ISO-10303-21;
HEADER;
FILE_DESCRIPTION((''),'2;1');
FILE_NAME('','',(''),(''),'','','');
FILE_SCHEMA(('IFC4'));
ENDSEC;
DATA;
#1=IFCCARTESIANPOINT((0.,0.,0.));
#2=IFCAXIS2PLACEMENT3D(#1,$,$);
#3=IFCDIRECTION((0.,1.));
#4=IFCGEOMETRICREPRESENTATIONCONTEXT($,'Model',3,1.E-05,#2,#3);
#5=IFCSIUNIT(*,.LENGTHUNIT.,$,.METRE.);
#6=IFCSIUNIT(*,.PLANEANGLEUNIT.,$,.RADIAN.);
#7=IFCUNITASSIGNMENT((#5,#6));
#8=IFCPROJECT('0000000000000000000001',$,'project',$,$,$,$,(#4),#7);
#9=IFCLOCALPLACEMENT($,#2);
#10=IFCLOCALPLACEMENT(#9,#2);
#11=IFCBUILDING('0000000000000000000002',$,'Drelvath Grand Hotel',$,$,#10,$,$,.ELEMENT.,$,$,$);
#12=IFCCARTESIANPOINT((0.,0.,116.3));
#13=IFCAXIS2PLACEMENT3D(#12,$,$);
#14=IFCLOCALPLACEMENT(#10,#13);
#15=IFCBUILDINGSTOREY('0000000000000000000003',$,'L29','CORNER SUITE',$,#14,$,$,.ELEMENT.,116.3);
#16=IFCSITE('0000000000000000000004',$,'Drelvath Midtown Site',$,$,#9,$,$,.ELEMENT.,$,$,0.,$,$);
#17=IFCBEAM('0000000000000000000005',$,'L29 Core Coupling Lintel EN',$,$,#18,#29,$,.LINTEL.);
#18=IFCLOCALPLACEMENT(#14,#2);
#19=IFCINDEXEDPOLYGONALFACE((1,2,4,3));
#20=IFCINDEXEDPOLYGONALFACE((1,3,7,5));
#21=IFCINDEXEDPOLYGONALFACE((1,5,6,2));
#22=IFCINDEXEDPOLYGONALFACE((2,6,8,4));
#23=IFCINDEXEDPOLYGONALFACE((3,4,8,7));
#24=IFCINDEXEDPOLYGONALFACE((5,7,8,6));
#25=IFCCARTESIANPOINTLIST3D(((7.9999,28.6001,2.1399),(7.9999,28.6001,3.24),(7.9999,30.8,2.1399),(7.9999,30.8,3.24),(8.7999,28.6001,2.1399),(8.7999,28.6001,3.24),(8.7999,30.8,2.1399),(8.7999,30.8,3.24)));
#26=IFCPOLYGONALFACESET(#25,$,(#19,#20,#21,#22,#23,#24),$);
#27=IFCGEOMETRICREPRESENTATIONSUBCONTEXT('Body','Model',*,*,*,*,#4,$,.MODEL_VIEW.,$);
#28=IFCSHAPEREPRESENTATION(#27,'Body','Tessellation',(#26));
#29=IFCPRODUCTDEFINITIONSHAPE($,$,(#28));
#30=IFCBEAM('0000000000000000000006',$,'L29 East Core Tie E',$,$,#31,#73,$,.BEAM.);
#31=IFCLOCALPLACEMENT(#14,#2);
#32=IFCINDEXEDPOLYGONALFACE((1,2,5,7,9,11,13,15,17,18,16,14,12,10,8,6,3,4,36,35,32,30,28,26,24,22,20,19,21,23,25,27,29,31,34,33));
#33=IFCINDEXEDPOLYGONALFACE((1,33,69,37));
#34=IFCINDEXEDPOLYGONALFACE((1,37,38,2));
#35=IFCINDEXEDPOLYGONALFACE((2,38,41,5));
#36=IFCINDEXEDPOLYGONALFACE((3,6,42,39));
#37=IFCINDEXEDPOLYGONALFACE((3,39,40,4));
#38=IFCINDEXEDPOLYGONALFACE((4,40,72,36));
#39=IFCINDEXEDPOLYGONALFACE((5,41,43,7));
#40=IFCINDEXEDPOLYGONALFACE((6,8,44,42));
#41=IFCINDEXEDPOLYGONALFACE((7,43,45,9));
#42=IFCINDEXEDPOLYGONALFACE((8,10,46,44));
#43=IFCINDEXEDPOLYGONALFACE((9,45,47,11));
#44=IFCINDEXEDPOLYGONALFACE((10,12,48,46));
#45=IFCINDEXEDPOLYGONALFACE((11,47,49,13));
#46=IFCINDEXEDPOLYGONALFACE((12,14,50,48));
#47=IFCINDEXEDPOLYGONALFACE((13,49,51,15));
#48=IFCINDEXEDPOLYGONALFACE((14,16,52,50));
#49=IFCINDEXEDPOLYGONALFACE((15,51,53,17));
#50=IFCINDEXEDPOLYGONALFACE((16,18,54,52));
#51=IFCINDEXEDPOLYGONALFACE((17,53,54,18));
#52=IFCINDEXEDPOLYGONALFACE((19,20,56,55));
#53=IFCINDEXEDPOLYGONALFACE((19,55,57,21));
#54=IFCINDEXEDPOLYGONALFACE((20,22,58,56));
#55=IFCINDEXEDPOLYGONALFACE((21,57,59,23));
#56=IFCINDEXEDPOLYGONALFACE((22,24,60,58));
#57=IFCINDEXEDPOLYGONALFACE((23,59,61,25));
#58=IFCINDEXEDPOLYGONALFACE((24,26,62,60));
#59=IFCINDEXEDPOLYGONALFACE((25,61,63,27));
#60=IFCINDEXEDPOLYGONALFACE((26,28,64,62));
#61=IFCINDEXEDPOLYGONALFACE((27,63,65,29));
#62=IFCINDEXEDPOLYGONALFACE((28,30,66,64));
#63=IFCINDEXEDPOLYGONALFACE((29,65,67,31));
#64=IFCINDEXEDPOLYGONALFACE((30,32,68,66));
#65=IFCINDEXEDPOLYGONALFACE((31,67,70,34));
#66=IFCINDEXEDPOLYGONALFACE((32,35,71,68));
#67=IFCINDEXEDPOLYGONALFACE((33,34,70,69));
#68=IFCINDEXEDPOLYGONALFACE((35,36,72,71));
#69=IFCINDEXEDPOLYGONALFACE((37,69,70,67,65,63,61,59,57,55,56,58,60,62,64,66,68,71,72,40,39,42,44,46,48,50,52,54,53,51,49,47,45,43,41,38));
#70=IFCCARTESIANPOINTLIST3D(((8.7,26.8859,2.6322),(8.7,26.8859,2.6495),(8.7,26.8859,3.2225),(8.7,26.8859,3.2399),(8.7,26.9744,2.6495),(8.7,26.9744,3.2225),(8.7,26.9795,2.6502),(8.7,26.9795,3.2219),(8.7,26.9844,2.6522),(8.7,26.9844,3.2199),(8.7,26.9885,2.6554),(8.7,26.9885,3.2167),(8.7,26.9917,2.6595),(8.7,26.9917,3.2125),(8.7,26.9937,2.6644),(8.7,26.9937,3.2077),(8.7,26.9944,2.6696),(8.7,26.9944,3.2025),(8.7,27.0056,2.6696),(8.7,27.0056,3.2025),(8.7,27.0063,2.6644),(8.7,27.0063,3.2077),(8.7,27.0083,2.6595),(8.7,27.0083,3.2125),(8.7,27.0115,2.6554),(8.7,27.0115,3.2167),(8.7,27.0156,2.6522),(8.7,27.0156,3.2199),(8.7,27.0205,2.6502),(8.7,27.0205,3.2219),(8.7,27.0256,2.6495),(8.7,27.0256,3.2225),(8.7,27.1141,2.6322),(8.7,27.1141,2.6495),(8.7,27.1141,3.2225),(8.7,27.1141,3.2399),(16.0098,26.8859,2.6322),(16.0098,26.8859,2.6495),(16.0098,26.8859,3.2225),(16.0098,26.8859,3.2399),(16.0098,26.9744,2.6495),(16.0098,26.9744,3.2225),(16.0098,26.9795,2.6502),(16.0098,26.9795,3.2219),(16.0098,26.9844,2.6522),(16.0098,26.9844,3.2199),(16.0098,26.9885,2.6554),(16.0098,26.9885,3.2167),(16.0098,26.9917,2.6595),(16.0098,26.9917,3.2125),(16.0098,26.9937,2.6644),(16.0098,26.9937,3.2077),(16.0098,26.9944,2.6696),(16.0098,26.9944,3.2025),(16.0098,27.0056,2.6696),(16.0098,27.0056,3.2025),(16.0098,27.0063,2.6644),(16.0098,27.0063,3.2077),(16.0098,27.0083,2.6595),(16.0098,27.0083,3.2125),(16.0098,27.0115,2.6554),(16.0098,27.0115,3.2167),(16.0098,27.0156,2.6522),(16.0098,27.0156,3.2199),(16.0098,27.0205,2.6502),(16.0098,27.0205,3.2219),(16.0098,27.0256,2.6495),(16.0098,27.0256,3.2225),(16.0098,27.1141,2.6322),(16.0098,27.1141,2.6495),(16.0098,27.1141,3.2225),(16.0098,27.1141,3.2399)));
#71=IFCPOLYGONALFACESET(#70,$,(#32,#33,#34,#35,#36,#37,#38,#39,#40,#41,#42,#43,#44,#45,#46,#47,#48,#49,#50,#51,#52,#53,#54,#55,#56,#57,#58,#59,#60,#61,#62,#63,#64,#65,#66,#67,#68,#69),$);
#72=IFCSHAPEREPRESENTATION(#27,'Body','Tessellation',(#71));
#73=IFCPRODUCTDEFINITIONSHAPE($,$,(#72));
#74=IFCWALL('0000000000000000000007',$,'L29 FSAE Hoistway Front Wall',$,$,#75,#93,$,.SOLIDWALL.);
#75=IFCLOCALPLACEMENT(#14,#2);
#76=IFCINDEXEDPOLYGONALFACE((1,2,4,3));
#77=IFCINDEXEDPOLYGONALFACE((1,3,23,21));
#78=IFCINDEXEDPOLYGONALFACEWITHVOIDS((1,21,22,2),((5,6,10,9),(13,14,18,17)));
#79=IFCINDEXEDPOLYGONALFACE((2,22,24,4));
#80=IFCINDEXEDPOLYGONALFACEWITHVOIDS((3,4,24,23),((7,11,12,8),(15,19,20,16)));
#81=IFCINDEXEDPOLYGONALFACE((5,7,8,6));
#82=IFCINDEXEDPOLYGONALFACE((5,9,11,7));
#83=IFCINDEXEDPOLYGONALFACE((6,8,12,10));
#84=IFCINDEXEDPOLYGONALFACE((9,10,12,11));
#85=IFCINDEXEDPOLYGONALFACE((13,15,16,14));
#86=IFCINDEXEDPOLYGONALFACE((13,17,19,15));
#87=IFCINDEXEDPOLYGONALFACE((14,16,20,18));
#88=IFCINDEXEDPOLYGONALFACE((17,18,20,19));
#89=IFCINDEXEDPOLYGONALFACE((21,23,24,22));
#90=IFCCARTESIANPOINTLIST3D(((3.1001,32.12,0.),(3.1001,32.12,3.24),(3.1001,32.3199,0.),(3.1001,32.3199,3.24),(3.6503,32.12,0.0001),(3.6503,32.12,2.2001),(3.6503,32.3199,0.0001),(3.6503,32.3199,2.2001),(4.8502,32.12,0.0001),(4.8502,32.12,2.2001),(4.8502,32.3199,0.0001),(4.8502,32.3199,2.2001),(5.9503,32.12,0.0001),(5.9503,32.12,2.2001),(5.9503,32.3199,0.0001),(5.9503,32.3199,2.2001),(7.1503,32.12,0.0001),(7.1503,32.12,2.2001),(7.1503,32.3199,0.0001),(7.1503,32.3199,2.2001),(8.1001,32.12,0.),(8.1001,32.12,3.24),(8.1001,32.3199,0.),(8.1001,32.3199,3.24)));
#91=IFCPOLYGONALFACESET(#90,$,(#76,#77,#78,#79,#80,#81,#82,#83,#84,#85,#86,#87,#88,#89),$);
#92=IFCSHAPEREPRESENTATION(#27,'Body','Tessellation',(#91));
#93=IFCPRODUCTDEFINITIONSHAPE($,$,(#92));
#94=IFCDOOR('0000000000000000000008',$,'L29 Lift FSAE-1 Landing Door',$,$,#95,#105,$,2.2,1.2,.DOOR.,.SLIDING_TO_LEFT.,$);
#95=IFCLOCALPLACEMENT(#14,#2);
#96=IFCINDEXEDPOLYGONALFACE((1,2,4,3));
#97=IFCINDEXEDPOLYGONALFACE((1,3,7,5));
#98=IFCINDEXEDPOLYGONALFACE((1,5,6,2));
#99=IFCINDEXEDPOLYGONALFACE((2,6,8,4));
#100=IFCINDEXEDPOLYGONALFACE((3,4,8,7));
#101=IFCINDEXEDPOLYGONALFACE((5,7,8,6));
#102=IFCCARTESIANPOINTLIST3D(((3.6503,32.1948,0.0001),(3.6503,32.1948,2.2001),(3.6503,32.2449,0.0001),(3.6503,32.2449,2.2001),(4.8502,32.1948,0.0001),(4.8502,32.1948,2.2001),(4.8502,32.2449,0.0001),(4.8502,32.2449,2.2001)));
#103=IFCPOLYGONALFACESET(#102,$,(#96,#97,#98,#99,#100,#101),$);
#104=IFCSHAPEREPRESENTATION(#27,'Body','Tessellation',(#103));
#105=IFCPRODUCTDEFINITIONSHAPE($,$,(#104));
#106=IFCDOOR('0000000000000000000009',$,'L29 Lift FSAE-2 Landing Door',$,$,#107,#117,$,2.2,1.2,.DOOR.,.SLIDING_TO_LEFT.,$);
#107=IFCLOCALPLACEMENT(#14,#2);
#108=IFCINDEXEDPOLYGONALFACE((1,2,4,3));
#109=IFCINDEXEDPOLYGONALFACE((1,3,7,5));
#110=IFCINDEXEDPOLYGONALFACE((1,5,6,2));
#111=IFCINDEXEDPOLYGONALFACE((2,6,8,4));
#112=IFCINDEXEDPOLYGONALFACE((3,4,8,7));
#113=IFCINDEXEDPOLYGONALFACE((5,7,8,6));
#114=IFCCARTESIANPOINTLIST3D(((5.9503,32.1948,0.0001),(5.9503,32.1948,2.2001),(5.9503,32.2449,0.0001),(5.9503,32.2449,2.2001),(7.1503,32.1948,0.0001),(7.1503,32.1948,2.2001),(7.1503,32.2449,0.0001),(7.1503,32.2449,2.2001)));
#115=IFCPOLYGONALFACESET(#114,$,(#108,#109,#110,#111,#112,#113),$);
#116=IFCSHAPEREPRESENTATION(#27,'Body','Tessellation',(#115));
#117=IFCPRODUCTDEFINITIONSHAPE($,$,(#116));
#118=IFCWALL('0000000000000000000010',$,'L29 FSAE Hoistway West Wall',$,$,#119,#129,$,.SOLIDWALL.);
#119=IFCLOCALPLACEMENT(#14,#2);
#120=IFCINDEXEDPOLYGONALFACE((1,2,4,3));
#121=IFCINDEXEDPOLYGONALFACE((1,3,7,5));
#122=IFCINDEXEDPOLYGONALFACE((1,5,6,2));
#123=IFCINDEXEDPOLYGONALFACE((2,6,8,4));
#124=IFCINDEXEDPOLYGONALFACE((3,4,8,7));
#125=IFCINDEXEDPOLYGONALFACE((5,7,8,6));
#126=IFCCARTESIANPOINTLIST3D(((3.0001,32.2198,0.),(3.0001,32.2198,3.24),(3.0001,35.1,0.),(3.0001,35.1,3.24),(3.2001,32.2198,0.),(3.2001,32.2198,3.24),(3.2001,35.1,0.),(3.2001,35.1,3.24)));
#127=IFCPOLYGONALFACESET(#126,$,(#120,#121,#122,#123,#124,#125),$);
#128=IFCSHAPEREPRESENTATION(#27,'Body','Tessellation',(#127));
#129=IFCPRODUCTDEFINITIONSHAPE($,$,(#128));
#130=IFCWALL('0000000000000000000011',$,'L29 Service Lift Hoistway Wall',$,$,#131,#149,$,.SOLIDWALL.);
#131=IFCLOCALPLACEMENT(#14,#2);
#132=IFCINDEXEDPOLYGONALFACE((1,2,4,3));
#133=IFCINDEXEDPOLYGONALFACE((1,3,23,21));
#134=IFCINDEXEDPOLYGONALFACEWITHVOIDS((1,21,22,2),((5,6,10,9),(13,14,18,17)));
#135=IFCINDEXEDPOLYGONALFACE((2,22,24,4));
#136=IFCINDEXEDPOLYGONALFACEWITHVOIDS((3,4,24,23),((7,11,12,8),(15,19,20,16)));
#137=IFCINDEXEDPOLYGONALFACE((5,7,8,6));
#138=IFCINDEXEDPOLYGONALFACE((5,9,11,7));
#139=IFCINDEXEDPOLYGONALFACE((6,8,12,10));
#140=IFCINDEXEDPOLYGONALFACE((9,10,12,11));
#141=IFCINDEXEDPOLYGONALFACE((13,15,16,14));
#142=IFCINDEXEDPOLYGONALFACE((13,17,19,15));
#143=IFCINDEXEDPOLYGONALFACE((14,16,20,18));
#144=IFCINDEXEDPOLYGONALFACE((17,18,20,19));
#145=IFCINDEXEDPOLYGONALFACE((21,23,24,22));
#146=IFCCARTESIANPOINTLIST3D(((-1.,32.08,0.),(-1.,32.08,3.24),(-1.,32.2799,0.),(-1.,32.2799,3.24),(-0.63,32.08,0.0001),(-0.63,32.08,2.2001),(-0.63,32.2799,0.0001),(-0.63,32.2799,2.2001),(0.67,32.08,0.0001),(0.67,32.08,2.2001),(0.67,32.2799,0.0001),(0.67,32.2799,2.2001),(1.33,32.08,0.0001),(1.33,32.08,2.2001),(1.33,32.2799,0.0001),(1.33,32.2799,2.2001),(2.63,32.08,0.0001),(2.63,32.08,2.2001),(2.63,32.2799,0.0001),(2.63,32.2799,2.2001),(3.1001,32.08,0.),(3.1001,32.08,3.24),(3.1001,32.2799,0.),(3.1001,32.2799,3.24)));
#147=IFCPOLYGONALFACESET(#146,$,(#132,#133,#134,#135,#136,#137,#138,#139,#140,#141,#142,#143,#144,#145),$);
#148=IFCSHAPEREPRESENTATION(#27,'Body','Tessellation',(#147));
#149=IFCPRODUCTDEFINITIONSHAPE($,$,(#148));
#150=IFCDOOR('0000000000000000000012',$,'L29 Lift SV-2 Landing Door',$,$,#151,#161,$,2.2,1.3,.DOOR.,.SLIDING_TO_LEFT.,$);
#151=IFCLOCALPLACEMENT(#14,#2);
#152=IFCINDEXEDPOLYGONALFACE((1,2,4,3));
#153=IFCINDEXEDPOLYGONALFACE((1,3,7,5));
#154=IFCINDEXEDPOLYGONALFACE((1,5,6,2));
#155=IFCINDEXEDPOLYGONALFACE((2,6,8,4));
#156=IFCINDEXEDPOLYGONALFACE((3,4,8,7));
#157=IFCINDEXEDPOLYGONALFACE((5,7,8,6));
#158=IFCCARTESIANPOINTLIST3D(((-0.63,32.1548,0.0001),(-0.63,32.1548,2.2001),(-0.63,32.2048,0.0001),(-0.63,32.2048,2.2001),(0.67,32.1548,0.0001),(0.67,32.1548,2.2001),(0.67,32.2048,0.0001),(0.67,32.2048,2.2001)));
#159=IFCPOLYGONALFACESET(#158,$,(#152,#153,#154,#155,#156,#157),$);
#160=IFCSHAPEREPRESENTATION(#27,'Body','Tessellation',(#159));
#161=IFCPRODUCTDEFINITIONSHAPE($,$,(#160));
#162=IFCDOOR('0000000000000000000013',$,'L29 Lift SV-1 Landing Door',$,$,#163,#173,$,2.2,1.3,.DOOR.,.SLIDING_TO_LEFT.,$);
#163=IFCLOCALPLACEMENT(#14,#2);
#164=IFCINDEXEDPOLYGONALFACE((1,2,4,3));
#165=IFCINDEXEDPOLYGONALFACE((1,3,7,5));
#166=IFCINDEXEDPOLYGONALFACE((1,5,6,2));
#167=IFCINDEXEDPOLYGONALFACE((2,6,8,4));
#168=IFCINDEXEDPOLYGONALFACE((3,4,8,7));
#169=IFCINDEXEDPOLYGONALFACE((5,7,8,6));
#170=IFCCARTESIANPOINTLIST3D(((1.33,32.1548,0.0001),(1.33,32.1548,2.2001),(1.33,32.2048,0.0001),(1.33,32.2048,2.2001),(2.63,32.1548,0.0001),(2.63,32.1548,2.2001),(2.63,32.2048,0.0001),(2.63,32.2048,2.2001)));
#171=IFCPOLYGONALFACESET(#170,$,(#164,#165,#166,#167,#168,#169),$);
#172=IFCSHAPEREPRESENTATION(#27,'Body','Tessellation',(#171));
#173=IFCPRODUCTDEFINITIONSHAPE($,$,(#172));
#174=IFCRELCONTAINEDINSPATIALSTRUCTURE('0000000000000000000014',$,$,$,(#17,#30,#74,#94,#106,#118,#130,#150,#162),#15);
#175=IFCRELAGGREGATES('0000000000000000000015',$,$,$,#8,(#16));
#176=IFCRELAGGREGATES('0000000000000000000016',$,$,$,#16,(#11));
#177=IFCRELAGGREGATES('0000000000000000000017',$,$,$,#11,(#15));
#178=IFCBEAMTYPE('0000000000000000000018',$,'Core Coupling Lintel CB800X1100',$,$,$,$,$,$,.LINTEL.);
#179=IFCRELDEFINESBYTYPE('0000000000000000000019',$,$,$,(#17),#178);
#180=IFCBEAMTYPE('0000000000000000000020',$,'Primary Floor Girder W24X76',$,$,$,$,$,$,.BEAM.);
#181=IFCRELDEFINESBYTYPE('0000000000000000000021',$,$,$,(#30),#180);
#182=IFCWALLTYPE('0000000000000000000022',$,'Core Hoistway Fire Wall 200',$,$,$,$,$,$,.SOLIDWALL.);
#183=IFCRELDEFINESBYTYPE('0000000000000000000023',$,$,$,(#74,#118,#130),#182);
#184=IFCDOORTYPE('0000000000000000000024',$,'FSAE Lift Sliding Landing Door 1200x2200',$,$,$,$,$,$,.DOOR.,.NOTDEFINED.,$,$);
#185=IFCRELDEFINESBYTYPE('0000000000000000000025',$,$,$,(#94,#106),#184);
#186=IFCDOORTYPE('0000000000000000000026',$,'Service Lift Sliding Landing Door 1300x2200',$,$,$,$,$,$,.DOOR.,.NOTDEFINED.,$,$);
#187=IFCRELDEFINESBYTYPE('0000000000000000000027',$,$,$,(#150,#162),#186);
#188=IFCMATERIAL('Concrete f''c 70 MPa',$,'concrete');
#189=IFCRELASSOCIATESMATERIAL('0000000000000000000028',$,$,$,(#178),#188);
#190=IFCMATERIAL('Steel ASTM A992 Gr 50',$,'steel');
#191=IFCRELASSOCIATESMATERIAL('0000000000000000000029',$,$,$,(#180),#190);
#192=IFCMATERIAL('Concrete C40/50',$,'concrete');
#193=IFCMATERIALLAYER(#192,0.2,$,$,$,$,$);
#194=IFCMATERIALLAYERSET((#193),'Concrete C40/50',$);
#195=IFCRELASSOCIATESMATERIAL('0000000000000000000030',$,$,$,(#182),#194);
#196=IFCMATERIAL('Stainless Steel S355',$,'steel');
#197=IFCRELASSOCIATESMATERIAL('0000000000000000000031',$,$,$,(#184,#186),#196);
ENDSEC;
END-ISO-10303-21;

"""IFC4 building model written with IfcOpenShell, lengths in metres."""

from ifc_helpers import new_model, si_unit, direction, frame, frame_2d, origin, origin_2d, place, context, subcontext, project, spatial, rectangle, i_section, extrude, material, layer, layer_set, material_profile, profile_set, type_object, element, fill, save


model = new_model("IFC4")

# Units and contexts
model_context = context("Model", 3, precision=1e-05, world=origin(), true_north=direction((0.0, 1.0)))
body_context = subcontext(model_context, "Body", "Model", "MODEL_VIEW")
ifc_project = project(units=[si_unit("LENGTHUNIT", "METRE"), si_unit("PLANEANGLEUNIT", "RADIAN")], contexts=[model_context])

# Site, building, storey
site_placement = place(None, origin())
site = spatial("IfcSite", under=ifc_project, at=site_placement, Name="Drelvath Midtown Site", CompositionType="ELEMENT", RefElevation=0.0)
building_placement = place(site_placement, origin())
building = spatial("IfcBuilding", under=site, at=building_placement, Name="Drelvath Grand Hotel", CompositionType="ELEMENT")
storey_placement = place(building_placement, frame((0.0, 0.0, 116.3)))
storey = spatial("IfcBuildingStorey", under=building, at=storey_placement, Name="L29", Description="CORNER SUITE", CompositionType="ELEMENT", Elevation=116.3)

# Beams
ifc_material_1 = material(Name="Concrete f'c 70 MPa", Category="concrete")
ifc_material_profile_1 = material_profile(ifc_material_1, rectangle(XDim=0.8, YDim=1.1001, at=origin_2d()), Name="CB800X1100")
ifc_profile_set_1 = profile_set([ifc_material_profile_1], Name="Concrete f'c 70 MPa")
beam_type_1 = type_object("IfcBeamType", Name="Core Coupling Lintel CB800X1100", PredefinedType="LINTEL", material=ifc_profile_set_1)
beam_1_placement = place(storey_placement, frame((8.3999, 28.6001, 2.6899), z_axis=(0.0, 1.0, 0.0), x_axis=(-1.0, 0.0, 0.0)))
element("IfcBeam", 1, at=beam_1_placement, inside=storey, type_object=beam_type_1, Name="L29 Core Coupling Lintel EN", PredefinedType="LINTEL", context=body_context, shape_type="SweptSolid", body=[
    extrude(rectangle(XDim=0.8, YDim=1.1001, at=origin_2d()), origin(), (0.0, 0.0, 1.0), 2.2),
])
ifc_material_2 = material(Name="Steel ASTM A992 Gr 50", Category="steel")
ifc_material_profile_2 = material_profile(ifc_material_2, i_section(OverallWidth=0.2283, OverallDepth=0.6077, WebThickness=0.0112, FlangeThickness=0.0173, FilletRadius=0.02, at=origin_2d()), Name="W24X76")
ifc_profile_set_2 = profile_set([ifc_material_profile_2], Name="Steel ASTM A992 Gr 50")
beam_type_2 = type_object("IfcBeamType", Name="Primary Floor Girder W24X76", PredefinedType="BEAM", material=ifc_profile_set_2)
beam_2_placement = place(storey_placement, frame((8.7, 27.0, 2.936), z_axis=(1.0, 0.0, 0.0), x_axis=(0.0, 1.0, 0.0)))
element("IfcBeam", 2, at=beam_2_placement, inside=storey, type_object=beam_type_2, Name="L29 East Core Tie E", PredefinedType="BEAM", context=body_context, shape_type="SweptSolid", body=[
    extrude(i_section(OverallWidth=0.2283, OverallDepth=0.6077, WebThickness=0.0112, FlangeThickness=0.0173, FilletRadius=0.02, at=origin_2d()), origin(), (0.0, 0.0, 1.0), 7.3098),
])

# Wall, openings, doors
ifc_material_3 = material(Name="Concrete C40/50", Category="concrete")
ifc_layer_1 = layer(ifc_material_3, 0.2)
ifc_layer_set_1 = layer_set([ifc_layer_1], Name="Concrete C40/50")
wall_type_1 = type_object("IfcWallType", Name="Core Hoistway Fire Wall 200", PredefinedType="SOLIDWALL", material=ifc_layer_set_1)
wall_1_placement = place(storey_placement, frame((3.1001, 32.22, 0.0), z_axis=(0.0, 0.0, 1.0), x_axis=(1.0, 0.0, 0.0)))
wall_1 = element("IfcWall", 3, at=wall_1_placement, inside=storey, type_object=wall_type_1, Name="L29 FSAE Hoistway Front Wall", PredefinedType="SOLIDWALL", context=body_context, shape_type="SweptSolid", body=[
    extrude(rectangle(XDim=5.0, YDim=0.2, at=frame_2d((2.5, 0.0))), origin(), (0.0, 0.0, 1.0), 3.24),
])
opening_1_placement = place(wall_1_placement, frame((0.55, 0.0, 0.0)))
opening_1 = element("IfcOpeningElement", 4, at=opening_1_placement, cuts=wall_1, PredefinedType="OPENING", context=body_context, shape_type="SweptSolid", body=[
    extrude(rectangle(XDim=1.2, YDim=2.2, at=frame_2d((0.6001, 1.1001))), frame((0.0, 0.1099, 0.0), z_axis=(0.0, -1.0, 0.0), x_axis=(1.0, 0.0, 0.0)), (0.0, 0.0, 1.0), 0.22),
])
opening_2_placement = place(wall_1_placement, frame((2.8501, 0.0, 0.0)))
opening_2 = element("IfcOpeningElement", 5, at=opening_2_placement, cuts=wall_1, PredefinedType="OPENING", context=body_context, shape_type="SweptSolid", body=[
    extrude(rectangle(XDim=1.2, YDim=2.2, at=frame_2d((0.6001, 1.1001))), frame((0.0, 0.1099, 0.0), z_axis=(0.0, -1.0, 0.0), x_axis=(1.0, 0.0, 0.0)), (0.0, 0.0, 1.0), 0.22),
])
ifc_material_4 = material(Name="Stainless Steel S355", Category="steel")
door_type_1 = type_object("IfcDoorType", Name="FSAE Lift Sliding Landing Door 1200x2200", OperationType="NOTDEFINED", PredefinedType="DOOR", material=ifc_material_4)
door_1_placement = place(opening_1_placement, origin())
door_1 = element("IfcDoor", 6, at=door_1_placement, inside=storey, type_object=door_type_1, Name="L29 Lift FSAE-1 Landing Door", OperationType="SLIDING_TO_LEFT", OverallHeight=2.2, OverallWidth=1.2, PredefinedType="DOOR", context=body_context, shape_type="SweptSolid", body=[
    extrude(rectangle(XDim=1.2, YDim=2.2, at=frame_2d((0.6001, 1.1001))), frame((0.0, 0.0249, 0.0), z_axis=(0.0, -1.0, 0.0), x_axis=(1.0, 0.0, 0.0)), (0.0, 0.0, 1.0), 0.05),
])
fill(opening_1, door_1)
door_2_placement = place(opening_2_placement, origin())
door_2 = element("IfcDoor", 7, at=door_2_placement, inside=storey, type_object=door_type_1, Name="L29 Lift FSAE-2 Landing Door", OperationType="SLIDING_TO_LEFT", OverallHeight=2.2, OverallWidth=1.2, PredefinedType="DOOR", context=body_context, shape_type="SweptSolid", body=[
    extrude(rectangle(XDim=1.2, YDim=2.2, at=frame_2d((0.6001, 1.1001))), frame((0.0, 0.0249, 0.0), z_axis=(0.0, -1.0, 0.0), x_axis=(1.0, 0.0, 0.0)), (0.0, 0.0, 1.0), 0.05),
])
fill(opening_2, door_2)

# Wall
wall_2_placement = place(storey_placement, frame((3.1001, 32.22, 0.0), z_axis=(0.0, 0.0, 1.0), x_axis=(0.0, 1.0, 0.0)))
element("IfcWall", 8, at=wall_2_placement, inside=storey, type_object=wall_type_1, Name="L29 FSAE Hoistway West Wall", PredefinedType="SOLIDWALL", context=body_context, shape_type="SweptSolid", body=[
    extrude(rectangle(XDim=2.8801, YDim=0.2, at=frame_2d((1.4399, 0.0))), origin(), (0.0, 0.0, 1.0), 3.24),
])

# Wall, openings, doors
wall_3_placement = place(storey_placement, frame((-1.0, 32.1799, 0.0), z_axis=(0.0, 0.0, 1.0), x_axis=(1.0, 0.0, 0.0)))
wall_3 = element("IfcWall", 9, at=wall_3_placement, inside=storey, type_object=wall_type_1, Name="L29 Service Lift Hoistway Wall", PredefinedType="SOLIDWALL", context=body_context, shape_type="SweptSolid", body=[
    extrude(rectangle(XDim=4.1001, YDim=0.2, at=frame_2d((2.05, 0.0))), origin(), (0.0, 0.0, 1.0), 3.24),
])
opening_3_placement = place(wall_3_placement, frame((0.3701, 0.0, 0.0)))
opening_3 = element("IfcOpeningElement", 10, at=opening_3_placement, cuts=wall_3, PredefinedType="OPENING", context=body_context, shape_type="SweptSolid", body=[
    extrude(rectangle(XDim=1.3, YDim=2.2, at=frame_2d((0.6499, 1.1001))), frame((0.0, 0.1099, 0.0), z_axis=(0.0, -1.0, 0.0), x_axis=(1.0, 0.0, 0.0)), (0.0, 0.0, 1.0), 0.22),
])
opening_4_placement = place(wall_3_placement, frame((2.3301, 0.0, 0.0)))
opening_4 = element("IfcOpeningElement", 11, at=opening_4_placement, cuts=wall_3, PredefinedType="OPENING", context=body_context, shape_type="SweptSolid", body=[
    extrude(rectangle(XDim=1.3, YDim=2.2, at=frame_2d((0.6499, 1.1001))), frame((0.0, 0.1099, 0.0), z_axis=(0.0, -1.0, 0.0), x_axis=(1.0, 0.0, 0.0)), (0.0, 0.0, 1.0), 0.22),
])
door_type_2 = type_object("IfcDoorType", Name="Service Lift Sliding Landing Door 1300x2200", OperationType="NOTDEFINED", PredefinedType="DOOR", material=ifc_material_4)
door_3_placement = place(opening_3_placement, origin())
door_3 = element("IfcDoor", 12, at=door_3_placement, inside=storey, type_object=door_type_2, Name="L29 Lift SV-2 Landing Door", OperationType="SLIDING_TO_LEFT", OverallHeight=2.2, OverallWidth=1.3, PredefinedType="DOOR", context=body_context, shape_type="SweptSolid", body=[
    extrude(rectangle(XDim=1.3, YDim=2.2, at=frame_2d((0.6499, 1.1001))), frame((0.0, 0.0249, 0.0), z_axis=(0.0, -1.0, 0.0), x_axis=(1.0, 0.0, 0.0)), (0.0, 0.0, 1.0), 0.05),
])
fill(opening_3, door_3)
door_4_placement = place(opening_4_placement, origin())
door_4 = element("IfcDoor", 13, at=door_4_placement, inside=storey, type_object=door_type_2, Name="L29 Lift SV-1 Landing Door", OperationType="SLIDING_TO_LEFT", OverallHeight=2.2, OverallWidth=1.3, PredefinedType="DOOR", context=body_context, shape_type="SweptSolid", body=[
    extrude(rectangle(XDim=1.3, YDim=2.2, at=frame_2d((0.6499, 1.1001))), frame((0.0, 0.0249, 0.0), z_axis=(0.0, -1.0, 0.0), x_axis=(1.0, 0.0, 0.0)), (0.0, 0.0, 1.0), 0.05),
])
fill(opening_4, door_4)

save(model, "model.ifc")
